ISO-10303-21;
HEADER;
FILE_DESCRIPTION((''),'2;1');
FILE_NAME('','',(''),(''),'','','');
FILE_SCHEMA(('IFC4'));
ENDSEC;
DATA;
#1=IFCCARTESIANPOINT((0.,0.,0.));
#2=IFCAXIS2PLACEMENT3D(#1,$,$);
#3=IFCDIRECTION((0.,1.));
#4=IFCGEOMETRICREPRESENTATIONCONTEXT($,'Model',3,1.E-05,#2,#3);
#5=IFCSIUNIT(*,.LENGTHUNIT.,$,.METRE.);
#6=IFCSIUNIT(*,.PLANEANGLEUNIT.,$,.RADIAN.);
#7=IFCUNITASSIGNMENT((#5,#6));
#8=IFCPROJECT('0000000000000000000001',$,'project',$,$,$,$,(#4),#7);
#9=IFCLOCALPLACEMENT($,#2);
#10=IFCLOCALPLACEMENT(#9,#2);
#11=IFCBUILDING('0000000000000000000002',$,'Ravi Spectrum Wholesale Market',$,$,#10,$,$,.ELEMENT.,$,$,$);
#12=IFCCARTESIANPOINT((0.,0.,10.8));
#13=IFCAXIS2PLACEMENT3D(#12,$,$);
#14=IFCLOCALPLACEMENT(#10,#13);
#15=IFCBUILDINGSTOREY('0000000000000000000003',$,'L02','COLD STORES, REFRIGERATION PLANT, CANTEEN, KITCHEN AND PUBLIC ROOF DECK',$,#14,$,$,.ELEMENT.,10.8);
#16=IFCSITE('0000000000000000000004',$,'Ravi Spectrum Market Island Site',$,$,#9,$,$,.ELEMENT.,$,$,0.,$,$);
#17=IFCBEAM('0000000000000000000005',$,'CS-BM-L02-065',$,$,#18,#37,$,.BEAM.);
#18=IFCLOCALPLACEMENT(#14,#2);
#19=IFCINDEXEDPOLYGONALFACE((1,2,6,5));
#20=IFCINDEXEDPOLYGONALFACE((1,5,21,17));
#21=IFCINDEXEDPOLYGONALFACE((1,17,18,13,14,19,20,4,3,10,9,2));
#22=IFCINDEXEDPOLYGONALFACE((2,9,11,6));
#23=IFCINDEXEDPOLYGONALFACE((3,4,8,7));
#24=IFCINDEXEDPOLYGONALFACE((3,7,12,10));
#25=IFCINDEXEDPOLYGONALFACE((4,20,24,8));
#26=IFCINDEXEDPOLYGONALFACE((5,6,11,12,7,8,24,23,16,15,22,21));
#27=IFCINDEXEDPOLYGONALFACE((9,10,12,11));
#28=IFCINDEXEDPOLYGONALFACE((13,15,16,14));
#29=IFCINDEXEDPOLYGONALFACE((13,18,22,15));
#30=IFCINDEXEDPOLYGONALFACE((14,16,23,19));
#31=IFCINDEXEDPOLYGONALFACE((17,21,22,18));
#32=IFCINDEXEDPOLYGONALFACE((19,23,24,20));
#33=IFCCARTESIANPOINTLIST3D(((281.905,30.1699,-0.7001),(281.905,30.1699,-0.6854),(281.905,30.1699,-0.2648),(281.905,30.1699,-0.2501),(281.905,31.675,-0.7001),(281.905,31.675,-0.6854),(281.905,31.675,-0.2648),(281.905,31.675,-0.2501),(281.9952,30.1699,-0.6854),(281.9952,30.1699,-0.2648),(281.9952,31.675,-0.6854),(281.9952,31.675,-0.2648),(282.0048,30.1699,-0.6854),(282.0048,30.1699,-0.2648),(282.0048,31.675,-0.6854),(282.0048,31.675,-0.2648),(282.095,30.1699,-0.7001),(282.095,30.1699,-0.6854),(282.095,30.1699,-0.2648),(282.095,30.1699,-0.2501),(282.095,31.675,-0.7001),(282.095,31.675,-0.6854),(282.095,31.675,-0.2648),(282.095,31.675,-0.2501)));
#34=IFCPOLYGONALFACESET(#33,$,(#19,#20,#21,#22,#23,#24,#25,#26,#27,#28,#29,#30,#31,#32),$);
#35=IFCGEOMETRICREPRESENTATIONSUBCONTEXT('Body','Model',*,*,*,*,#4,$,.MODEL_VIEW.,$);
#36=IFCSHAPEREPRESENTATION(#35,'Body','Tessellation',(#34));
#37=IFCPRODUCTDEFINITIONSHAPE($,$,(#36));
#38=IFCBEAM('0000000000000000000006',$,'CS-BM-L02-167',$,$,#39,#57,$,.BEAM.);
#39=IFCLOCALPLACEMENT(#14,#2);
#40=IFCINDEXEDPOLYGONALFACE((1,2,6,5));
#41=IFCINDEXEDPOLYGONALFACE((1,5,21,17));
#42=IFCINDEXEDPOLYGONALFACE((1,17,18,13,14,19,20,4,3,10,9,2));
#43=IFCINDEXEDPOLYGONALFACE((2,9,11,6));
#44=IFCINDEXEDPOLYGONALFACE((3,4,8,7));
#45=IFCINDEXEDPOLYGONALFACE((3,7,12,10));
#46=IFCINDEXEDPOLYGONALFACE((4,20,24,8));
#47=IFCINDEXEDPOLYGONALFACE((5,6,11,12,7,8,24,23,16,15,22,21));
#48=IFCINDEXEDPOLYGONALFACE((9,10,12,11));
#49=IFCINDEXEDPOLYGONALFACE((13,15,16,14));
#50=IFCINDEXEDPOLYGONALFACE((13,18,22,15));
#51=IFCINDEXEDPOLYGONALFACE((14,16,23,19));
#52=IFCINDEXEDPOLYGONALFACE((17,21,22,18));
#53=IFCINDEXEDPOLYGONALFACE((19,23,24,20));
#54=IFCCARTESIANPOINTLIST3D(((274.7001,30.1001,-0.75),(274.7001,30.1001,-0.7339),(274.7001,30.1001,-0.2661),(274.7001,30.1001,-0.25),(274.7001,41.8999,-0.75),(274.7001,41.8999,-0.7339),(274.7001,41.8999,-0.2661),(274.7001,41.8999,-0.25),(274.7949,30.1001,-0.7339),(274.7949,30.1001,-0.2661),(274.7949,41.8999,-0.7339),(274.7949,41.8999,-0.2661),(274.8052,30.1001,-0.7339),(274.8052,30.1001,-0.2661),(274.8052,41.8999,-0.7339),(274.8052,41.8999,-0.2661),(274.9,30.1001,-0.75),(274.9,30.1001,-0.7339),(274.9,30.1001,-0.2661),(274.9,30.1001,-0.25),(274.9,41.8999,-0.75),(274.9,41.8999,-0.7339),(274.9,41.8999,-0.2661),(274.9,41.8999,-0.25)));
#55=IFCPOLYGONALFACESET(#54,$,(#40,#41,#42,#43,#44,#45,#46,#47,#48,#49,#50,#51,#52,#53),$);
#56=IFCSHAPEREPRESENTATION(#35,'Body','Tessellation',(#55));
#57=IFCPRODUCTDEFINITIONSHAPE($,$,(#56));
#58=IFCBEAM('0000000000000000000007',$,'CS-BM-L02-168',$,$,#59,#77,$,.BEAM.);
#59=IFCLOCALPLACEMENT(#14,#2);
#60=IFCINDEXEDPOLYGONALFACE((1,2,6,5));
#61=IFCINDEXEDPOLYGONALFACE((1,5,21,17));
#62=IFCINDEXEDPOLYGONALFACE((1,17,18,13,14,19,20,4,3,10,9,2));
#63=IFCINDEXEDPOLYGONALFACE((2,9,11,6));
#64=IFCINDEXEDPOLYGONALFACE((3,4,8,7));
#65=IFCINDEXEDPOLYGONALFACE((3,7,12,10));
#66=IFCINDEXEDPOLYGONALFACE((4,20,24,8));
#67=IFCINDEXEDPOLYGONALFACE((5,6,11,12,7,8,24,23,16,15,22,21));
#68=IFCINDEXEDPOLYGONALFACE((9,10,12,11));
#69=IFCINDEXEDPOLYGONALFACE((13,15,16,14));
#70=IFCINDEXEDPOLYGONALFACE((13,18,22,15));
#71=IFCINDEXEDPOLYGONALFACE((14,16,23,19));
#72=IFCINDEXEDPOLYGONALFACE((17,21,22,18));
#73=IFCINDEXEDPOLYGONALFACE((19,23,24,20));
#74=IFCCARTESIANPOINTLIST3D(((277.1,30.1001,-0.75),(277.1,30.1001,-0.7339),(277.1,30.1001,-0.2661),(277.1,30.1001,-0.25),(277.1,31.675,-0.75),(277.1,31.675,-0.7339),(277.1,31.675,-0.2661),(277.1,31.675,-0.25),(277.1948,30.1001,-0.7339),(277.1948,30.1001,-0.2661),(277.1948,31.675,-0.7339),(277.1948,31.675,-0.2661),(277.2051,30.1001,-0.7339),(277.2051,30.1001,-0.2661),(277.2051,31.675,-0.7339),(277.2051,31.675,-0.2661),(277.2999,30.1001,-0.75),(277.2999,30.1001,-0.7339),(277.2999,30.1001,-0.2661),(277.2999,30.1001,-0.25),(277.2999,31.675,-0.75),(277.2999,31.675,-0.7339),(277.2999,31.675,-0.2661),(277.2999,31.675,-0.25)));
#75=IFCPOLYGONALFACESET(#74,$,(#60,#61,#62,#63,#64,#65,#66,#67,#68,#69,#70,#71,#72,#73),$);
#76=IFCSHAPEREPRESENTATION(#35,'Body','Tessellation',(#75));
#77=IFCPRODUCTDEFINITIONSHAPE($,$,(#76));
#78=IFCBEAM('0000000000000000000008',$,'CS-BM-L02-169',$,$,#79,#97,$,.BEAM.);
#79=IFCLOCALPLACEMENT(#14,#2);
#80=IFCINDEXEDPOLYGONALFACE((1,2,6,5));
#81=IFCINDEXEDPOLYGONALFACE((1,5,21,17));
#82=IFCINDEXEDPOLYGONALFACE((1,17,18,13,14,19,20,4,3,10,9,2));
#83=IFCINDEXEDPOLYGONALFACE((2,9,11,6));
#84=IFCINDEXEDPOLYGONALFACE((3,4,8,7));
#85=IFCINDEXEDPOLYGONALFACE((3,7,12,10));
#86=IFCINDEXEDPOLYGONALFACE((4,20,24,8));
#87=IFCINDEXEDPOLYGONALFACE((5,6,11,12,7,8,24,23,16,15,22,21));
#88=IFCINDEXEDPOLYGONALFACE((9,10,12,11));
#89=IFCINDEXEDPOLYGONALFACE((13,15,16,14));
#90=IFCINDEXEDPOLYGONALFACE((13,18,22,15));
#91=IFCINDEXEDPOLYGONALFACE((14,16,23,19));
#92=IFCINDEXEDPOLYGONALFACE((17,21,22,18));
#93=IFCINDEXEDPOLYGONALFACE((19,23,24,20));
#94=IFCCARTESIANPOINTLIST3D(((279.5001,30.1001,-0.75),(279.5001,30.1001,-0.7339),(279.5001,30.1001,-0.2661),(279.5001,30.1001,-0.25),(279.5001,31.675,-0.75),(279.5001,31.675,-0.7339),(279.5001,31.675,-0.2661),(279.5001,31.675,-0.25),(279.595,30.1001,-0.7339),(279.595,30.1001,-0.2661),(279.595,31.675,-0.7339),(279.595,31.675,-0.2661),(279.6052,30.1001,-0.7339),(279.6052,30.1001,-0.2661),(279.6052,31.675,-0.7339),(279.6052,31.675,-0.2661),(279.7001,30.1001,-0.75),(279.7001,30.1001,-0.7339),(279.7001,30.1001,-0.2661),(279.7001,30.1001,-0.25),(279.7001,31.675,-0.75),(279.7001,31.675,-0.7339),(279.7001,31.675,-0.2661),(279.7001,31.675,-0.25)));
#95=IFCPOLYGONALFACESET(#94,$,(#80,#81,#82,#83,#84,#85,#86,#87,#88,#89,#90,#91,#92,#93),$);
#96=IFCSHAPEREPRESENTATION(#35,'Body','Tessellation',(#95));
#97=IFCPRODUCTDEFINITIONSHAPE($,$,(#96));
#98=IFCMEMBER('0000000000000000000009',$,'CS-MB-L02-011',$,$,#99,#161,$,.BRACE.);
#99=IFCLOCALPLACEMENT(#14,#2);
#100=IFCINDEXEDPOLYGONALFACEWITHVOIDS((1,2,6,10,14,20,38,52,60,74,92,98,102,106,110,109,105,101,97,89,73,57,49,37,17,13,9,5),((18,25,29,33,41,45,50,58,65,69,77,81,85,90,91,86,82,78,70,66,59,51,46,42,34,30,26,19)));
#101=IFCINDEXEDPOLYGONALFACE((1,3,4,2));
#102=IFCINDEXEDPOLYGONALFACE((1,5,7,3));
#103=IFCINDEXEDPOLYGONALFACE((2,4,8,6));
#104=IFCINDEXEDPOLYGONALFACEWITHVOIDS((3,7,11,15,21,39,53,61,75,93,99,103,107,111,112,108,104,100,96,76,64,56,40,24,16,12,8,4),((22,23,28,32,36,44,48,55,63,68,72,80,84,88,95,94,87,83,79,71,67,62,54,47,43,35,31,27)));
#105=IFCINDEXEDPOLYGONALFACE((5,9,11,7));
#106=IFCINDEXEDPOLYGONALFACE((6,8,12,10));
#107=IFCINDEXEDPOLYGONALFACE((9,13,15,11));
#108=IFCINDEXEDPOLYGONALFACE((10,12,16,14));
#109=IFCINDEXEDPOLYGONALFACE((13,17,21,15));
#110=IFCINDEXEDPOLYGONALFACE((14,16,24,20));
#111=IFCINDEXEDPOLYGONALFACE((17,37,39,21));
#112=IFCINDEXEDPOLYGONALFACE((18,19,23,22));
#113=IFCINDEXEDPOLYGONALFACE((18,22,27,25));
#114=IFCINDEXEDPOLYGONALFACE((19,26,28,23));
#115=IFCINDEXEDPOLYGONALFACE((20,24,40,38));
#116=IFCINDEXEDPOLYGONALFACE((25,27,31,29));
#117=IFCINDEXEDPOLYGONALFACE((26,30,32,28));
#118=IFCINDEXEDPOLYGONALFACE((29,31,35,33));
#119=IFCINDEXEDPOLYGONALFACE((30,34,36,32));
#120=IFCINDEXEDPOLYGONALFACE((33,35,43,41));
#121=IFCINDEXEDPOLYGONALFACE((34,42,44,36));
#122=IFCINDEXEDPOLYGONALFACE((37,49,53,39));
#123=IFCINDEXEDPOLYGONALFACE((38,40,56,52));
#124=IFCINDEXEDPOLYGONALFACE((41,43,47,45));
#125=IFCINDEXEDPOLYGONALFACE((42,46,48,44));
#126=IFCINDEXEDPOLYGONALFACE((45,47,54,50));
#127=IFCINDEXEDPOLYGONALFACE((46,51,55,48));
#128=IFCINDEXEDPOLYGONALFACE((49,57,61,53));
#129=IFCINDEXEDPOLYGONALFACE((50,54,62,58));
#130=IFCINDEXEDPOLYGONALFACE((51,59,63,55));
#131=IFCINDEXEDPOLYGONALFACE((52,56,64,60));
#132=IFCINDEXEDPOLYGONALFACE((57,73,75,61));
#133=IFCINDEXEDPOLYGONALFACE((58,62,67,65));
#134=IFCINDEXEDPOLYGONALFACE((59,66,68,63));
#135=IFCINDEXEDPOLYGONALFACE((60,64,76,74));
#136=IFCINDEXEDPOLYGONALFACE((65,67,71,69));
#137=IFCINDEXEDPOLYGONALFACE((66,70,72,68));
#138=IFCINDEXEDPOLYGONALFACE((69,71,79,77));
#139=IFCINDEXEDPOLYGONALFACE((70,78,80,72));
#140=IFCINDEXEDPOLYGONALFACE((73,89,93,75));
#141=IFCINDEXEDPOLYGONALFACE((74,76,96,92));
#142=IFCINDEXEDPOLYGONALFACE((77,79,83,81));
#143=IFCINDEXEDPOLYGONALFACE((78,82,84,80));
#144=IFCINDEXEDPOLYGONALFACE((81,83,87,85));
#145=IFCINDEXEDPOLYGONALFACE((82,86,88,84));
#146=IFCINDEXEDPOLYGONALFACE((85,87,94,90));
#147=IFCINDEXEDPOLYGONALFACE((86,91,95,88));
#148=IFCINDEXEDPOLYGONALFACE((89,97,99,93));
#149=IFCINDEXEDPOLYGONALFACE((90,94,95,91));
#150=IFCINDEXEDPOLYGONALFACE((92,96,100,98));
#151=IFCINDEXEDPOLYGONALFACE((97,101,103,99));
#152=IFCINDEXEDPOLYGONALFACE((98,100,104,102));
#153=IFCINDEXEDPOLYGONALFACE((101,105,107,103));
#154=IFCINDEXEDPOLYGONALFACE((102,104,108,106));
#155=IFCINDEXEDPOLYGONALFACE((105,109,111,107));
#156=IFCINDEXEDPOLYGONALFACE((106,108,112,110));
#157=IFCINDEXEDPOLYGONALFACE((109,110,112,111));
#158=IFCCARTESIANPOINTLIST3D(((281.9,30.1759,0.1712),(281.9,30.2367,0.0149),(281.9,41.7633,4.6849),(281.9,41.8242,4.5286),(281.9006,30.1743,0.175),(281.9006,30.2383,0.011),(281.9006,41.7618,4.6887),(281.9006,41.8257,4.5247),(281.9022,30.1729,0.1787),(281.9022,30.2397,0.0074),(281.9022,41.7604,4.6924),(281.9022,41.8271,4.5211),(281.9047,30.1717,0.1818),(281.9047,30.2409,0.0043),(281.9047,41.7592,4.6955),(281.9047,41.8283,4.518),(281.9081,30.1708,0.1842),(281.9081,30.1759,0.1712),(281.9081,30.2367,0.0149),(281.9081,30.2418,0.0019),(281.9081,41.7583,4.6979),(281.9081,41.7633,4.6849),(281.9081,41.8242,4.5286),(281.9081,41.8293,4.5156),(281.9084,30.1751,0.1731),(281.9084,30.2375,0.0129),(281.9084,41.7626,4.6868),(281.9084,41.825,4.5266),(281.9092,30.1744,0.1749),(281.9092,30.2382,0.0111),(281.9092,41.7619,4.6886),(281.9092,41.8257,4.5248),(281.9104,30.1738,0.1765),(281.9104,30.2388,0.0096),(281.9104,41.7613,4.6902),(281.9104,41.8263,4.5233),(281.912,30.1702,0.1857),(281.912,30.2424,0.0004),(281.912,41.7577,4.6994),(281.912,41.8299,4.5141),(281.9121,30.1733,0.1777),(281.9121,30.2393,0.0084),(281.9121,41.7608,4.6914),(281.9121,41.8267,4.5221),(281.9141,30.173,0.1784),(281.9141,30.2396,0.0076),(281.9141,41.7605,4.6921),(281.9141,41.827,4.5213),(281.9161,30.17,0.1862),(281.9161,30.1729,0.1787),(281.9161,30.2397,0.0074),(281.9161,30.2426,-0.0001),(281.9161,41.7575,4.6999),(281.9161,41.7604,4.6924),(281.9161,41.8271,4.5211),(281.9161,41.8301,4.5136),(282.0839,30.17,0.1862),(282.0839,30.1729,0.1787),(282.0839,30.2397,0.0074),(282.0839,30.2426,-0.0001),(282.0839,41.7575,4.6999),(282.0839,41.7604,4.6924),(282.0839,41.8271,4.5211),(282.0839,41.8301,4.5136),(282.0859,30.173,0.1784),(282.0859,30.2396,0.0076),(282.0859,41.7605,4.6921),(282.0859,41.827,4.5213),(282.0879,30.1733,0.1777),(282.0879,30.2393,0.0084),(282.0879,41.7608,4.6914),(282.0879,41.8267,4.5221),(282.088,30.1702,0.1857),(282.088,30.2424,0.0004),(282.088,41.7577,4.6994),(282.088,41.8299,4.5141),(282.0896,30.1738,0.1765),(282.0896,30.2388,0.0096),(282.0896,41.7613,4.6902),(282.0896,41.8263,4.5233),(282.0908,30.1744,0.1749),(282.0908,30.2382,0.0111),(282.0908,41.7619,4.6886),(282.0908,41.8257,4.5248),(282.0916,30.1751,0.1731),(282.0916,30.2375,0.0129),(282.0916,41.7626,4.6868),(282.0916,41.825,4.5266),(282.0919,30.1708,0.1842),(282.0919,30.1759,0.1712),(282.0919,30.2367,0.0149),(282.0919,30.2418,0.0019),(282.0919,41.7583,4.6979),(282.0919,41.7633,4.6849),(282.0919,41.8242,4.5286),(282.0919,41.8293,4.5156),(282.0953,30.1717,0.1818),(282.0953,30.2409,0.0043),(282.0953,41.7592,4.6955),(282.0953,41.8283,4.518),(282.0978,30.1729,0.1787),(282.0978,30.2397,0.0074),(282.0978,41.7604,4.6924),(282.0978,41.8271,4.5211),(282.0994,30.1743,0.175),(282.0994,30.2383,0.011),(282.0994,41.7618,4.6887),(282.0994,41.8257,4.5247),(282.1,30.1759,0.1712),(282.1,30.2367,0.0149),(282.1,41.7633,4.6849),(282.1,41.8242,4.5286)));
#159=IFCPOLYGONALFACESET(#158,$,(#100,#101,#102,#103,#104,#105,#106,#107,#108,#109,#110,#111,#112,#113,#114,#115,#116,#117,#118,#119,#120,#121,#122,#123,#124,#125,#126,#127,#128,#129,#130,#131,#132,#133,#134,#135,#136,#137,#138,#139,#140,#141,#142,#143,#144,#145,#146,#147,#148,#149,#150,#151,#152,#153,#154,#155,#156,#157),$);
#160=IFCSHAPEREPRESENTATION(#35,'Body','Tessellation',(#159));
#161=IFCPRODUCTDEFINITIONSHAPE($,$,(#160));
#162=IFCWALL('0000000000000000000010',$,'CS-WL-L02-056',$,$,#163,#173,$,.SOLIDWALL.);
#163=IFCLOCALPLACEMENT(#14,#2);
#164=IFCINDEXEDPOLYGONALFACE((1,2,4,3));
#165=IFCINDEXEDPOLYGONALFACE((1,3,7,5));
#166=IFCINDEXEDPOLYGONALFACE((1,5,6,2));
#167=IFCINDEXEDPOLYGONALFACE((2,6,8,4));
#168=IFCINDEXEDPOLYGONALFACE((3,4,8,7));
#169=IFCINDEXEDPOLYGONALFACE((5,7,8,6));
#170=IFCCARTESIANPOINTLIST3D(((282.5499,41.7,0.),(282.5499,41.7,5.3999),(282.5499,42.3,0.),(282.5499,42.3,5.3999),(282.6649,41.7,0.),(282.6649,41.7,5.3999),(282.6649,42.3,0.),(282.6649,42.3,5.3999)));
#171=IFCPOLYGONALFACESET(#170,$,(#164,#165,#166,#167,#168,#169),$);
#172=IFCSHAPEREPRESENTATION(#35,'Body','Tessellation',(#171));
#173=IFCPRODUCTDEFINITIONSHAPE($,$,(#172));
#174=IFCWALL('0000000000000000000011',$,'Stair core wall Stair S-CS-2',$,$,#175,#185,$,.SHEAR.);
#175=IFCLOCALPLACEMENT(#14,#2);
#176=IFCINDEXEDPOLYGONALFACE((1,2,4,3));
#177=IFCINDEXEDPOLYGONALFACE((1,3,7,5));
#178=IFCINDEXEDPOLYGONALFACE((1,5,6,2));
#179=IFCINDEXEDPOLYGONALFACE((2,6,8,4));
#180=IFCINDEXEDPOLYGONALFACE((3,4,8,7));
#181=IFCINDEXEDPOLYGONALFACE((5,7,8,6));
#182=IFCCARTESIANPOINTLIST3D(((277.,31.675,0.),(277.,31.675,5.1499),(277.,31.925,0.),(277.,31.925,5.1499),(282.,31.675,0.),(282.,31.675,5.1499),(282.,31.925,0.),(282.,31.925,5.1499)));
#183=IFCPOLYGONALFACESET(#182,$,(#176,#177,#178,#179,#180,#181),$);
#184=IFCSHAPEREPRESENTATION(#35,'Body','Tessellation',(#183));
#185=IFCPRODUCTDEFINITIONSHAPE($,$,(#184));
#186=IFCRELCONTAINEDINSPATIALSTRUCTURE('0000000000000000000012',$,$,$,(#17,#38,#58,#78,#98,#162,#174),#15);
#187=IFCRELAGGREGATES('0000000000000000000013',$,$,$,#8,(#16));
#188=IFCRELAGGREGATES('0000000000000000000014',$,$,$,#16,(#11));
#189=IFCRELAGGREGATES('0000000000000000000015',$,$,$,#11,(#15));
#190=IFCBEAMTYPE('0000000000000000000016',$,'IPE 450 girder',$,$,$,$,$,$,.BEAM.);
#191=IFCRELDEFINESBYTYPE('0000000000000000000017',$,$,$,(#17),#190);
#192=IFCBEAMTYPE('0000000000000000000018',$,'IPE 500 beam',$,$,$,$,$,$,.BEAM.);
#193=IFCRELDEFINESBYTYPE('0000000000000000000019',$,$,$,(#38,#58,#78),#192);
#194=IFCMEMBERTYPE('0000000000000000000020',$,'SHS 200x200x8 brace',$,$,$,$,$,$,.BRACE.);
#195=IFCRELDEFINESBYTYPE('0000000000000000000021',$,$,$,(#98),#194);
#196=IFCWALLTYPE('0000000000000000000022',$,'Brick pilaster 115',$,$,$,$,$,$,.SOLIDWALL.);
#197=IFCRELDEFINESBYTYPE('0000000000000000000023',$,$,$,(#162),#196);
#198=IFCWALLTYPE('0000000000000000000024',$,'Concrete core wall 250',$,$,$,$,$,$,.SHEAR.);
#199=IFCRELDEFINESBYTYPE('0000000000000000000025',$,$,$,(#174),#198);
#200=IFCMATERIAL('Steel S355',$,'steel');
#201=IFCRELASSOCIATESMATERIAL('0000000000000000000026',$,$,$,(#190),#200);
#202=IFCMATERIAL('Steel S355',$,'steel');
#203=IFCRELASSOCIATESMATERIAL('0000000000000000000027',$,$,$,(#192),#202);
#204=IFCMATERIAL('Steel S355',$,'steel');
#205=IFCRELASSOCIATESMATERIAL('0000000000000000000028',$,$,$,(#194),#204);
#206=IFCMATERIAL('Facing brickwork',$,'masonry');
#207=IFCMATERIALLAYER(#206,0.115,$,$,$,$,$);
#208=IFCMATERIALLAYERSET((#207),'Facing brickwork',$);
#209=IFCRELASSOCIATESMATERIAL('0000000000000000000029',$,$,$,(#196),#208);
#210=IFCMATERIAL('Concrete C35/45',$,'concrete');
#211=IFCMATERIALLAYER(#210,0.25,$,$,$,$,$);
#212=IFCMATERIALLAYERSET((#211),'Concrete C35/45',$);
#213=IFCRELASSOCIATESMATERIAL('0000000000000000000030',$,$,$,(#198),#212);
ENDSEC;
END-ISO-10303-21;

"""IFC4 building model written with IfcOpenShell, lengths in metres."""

from ifc_helpers import new_model, si_unit, direction, frame, frame_2d, origin, origin_2d, place, context, subcontext, project, spatial, rectangle, hollow_rectangle, i_section, extrude, material, layer, layer_set, material_profile, profile_set, type_object, element, save


model = new_model("IFC4")

# Units and contexts
model_context = context("Model", 3, precision=1e-05, world=origin(), true_north=direction((0.0, 1.0)))
body_context = subcontext(model_context, "Body", "Model", "MODEL_VIEW")
ifc_project = project(units=[si_unit("LENGTHUNIT", "METRE"), si_unit("PLANEANGLEUNIT", "RADIAN")], contexts=[model_context])

# Site, building, storey
site_placement = place(None, origin())
site = spatial("IfcSite", under=ifc_project, at=site_placement, Name="Ravi Spectrum Market Island Site", CompositionType="ELEMENT", RefElevation=0.0)
building_placement = place(site_placement, origin())
building = spatial("IfcBuilding", under=site, at=building_placement, Name="Ravi Spectrum Wholesale Market", CompositionType="ELEMENT")
storey_placement = place(building_placement, frame((0.0, 0.0, 10.8)))
storey = spatial("IfcBuildingStorey", under=building, at=storey_placement, Name="L02", Description="COLD STORES, REFRIGERATION PLANT, CANTEEN, KITCHEN AND PUBLIC ROOF DECK", CompositionType="ELEMENT", Elevation=10.8)

# Beams
ifc_material_1 = material(Name="Steel S355", Category="steel")
ifc_material_profile_1 = material_profile(ifc_material_1, i_section(OverallWidth=0.1899, OverallDepth=0.45, WebThickness=0.0095, FlangeThickness=0.0146, at=origin_2d()))
ifc_profile_set_1 = profile_set([ifc_material_profile_1], Name="Steel S355")
beam_type_1 = type_object("IfcBeamType", Name="IPE 450 girder", PredefinedType="BEAM", material=ifc_profile_set_1)
beam_1_placement = place(storey_placement, frame((282.0, 30.1699, -0.4751), z_axis=(0.0, 1.0, 0.0), x_axis=(-1.0, 0.0, 0.0)))
element("IfcBeam", 1, at=beam_1_placement, inside=storey, type_object=beam_type_1, Name="CS-BM-L02-065", PredefinedType="BEAM", context=body_context, shape_type="SweptSolid", body=[
    extrude(i_section(OverallWidth=0.1899, OverallDepth=0.45, WebThickness=0.0095, FlangeThickness=0.0146, at=origin_2d()), origin(), (0.0, 0.0, 1.0), 1.5051),
])
ifc_material_2 = material(Name="Steel S355", Category="steel")
ifc_material_profile_2 = material_profile(ifc_material_2, i_section(OverallWidth=0.2, OverallDepth=0.5, WebThickness=0.0103, FlangeThickness=0.0161, at=origin_2d()))
ifc_profile_set_2 = profile_set([ifc_material_profile_2], Name="Steel S355")
beam_type_2 = type_object("IfcBeamType", Name="IPE 500 beam", PredefinedType="BEAM", material=ifc_profile_set_2)
beam_2_placement = place(storey_placement, frame((274.8, 30.1001, -0.5), z_axis=(0.0, 1.0, 0.0), x_axis=(-1.0, 0.0, 0.0)))
element("IfcBeam", 2, at=beam_2_placement, inside=storey, type_object=beam_type_2, Name="CS-BM-L02-167", PredefinedType="BEAM", context=body_context, shape_type="SweptSolid", body=[
    extrude(i_section(OverallWidth=0.2, OverallDepth=0.5, WebThickness=0.0103, FlangeThickness=0.0161, at=origin_2d()), origin(), (0.0, 0.0, 1.0), 11.7998),
])
for number, where, z_axis, x_axis, name in (
    (3, (277.2, 30.1001, -0.5), (0.0, 1.0, 0.0), (-1.0, 0.0, 0.0), "CS-BM-L02-168"),
    (4, (279.6001, 30.1001, -0.5), (0.0, 1.0, 0.0), (-1.0, 0.0, 0.0), "CS-BM-L02-169"),
):
    element("IfcBeam", number, at=place(storey_placement, frame(where, z_axis=z_axis, x_axis=x_axis)), inside=storey, type_object=beam_type_2, Name=name, PredefinedType="BEAM", context=body_context, shape_type="SweptSolid", body=[
        extrude(i_section(OverallWidth=0.2, OverallDepth=0.5, WebThickness=0.0103, FlangeThickness=0.0161, at=origin_2d()), origin(), (0.0, 0.0, 1.0), 1.575),
    ])

# Member
ifc_material_3 = material(Name="Steel S355", Category="steel")
ifc_material_profile_3 = material_profile(ifc_material_3, hollow_rectangle(XDim=0.2, YDim=0.2, WallThickness=0.0081, InnerFilletRadius=0.0081, OuterFilletRadius=0.0161, at=origin_2d()))
ifc_profile_set_3 = profile_set([ifc_material_profile_3], Name="Steel S355")
member_type = type_object("IfcMemberType", Name="SHS 200x200x8 brace", PredefinedType="BRACE", material=ifc_profile_set_3)
member_placement = place(storey_placement, frame((282.0, 30.2063, 0.093), z_axis=(0.0, 0.931802, 0.362967), x_axis=(-1.0, 0.0, 0.0)))
element("IfcMember", 5, at=member_placement, inside=storey, type_object=member_type, Name="CS-MB-L02-011", PredefinedType="BRACE", context=body_context, shape_type="SweptSolid", body=[
    extrude(hollow_rectangle(XDim=0.2, YDim=0.2, WallThickness=0.0081, InnerFilletRadius=0.0081, OuterFilletRadius=0.0161, at=origin_2d()), origin(), (0.0, 0.0, 1.0), 12.4355),
])

# Walls
ifc_material_4 = material(Name="Facing brickwork", Category="masonry")
ifc_layer_1 = layer(ifc_material_4, 0.115)
ifc_layer_set_1 = layer_set([ifc_layer_1], Name="Facing brickwork")
wall_type_1 = type_object("IfcWallType", Name="Brick pilaster 115", PredefinedType="SOLIDWALL", material=ifc_layer_set_1)
wall_1_placement = place(storey_placement, frame((282.6074, 41.7, 0.0), z_axis=(0.0, 0.0, 1.0), x_axis=(0.0, 1.0, 0.0)))
element("IfcWall", 6, at=wall_1_placement, inside=storey, type_object=wall_type_1, Name="CS-WL-L02-056", PredefinedType="SOLIDWALL", context=body_context, shape_type="SweptSolid", body=[
    extrude(rectangle(XDim=0.6001, YDim=0.115, at=frame_2d((0.3, 0.0))), origin(), (0.0, 0.0, 1.0), 5.3999),
])
ifc_material_5 = material(Name="Concrete C35/45", Category="concrete")
ifc_layer_2 = layer(ifc_material_5, 0.25)
ifc_layer_set_2 = layer_set([ifc_layer_2], Name="Concrete C35/45")
wall_type_2 = type_object("IfcWallType", Name="Concrete core wall 250", PredefinedType="SHEAR", material=ifc_layer_set_2)
wall_2_placement = place(storey_placement, frame((277.0, 31.8, 0.0), z_axis=(0.0, 0.0, 1.0), x_axis=(1.0, 0.0, 0.0)))
element("IfcWall", 7, at=wall_2_placement, inside=storey, type_object=wall_type_2, Name="Stair core wall Stair S-CS-2", PredefinedType="SHEAR", context=body_context, shape_type="SweptSolid", body=[
    extrude(rectangle(XDim=5.0, YDim=0.25, at=frame_2d((2.5, 0.0))), origin(), (0.0, 0.0, 1.0), 5.1499),
])

save(model, "model.ifc")
